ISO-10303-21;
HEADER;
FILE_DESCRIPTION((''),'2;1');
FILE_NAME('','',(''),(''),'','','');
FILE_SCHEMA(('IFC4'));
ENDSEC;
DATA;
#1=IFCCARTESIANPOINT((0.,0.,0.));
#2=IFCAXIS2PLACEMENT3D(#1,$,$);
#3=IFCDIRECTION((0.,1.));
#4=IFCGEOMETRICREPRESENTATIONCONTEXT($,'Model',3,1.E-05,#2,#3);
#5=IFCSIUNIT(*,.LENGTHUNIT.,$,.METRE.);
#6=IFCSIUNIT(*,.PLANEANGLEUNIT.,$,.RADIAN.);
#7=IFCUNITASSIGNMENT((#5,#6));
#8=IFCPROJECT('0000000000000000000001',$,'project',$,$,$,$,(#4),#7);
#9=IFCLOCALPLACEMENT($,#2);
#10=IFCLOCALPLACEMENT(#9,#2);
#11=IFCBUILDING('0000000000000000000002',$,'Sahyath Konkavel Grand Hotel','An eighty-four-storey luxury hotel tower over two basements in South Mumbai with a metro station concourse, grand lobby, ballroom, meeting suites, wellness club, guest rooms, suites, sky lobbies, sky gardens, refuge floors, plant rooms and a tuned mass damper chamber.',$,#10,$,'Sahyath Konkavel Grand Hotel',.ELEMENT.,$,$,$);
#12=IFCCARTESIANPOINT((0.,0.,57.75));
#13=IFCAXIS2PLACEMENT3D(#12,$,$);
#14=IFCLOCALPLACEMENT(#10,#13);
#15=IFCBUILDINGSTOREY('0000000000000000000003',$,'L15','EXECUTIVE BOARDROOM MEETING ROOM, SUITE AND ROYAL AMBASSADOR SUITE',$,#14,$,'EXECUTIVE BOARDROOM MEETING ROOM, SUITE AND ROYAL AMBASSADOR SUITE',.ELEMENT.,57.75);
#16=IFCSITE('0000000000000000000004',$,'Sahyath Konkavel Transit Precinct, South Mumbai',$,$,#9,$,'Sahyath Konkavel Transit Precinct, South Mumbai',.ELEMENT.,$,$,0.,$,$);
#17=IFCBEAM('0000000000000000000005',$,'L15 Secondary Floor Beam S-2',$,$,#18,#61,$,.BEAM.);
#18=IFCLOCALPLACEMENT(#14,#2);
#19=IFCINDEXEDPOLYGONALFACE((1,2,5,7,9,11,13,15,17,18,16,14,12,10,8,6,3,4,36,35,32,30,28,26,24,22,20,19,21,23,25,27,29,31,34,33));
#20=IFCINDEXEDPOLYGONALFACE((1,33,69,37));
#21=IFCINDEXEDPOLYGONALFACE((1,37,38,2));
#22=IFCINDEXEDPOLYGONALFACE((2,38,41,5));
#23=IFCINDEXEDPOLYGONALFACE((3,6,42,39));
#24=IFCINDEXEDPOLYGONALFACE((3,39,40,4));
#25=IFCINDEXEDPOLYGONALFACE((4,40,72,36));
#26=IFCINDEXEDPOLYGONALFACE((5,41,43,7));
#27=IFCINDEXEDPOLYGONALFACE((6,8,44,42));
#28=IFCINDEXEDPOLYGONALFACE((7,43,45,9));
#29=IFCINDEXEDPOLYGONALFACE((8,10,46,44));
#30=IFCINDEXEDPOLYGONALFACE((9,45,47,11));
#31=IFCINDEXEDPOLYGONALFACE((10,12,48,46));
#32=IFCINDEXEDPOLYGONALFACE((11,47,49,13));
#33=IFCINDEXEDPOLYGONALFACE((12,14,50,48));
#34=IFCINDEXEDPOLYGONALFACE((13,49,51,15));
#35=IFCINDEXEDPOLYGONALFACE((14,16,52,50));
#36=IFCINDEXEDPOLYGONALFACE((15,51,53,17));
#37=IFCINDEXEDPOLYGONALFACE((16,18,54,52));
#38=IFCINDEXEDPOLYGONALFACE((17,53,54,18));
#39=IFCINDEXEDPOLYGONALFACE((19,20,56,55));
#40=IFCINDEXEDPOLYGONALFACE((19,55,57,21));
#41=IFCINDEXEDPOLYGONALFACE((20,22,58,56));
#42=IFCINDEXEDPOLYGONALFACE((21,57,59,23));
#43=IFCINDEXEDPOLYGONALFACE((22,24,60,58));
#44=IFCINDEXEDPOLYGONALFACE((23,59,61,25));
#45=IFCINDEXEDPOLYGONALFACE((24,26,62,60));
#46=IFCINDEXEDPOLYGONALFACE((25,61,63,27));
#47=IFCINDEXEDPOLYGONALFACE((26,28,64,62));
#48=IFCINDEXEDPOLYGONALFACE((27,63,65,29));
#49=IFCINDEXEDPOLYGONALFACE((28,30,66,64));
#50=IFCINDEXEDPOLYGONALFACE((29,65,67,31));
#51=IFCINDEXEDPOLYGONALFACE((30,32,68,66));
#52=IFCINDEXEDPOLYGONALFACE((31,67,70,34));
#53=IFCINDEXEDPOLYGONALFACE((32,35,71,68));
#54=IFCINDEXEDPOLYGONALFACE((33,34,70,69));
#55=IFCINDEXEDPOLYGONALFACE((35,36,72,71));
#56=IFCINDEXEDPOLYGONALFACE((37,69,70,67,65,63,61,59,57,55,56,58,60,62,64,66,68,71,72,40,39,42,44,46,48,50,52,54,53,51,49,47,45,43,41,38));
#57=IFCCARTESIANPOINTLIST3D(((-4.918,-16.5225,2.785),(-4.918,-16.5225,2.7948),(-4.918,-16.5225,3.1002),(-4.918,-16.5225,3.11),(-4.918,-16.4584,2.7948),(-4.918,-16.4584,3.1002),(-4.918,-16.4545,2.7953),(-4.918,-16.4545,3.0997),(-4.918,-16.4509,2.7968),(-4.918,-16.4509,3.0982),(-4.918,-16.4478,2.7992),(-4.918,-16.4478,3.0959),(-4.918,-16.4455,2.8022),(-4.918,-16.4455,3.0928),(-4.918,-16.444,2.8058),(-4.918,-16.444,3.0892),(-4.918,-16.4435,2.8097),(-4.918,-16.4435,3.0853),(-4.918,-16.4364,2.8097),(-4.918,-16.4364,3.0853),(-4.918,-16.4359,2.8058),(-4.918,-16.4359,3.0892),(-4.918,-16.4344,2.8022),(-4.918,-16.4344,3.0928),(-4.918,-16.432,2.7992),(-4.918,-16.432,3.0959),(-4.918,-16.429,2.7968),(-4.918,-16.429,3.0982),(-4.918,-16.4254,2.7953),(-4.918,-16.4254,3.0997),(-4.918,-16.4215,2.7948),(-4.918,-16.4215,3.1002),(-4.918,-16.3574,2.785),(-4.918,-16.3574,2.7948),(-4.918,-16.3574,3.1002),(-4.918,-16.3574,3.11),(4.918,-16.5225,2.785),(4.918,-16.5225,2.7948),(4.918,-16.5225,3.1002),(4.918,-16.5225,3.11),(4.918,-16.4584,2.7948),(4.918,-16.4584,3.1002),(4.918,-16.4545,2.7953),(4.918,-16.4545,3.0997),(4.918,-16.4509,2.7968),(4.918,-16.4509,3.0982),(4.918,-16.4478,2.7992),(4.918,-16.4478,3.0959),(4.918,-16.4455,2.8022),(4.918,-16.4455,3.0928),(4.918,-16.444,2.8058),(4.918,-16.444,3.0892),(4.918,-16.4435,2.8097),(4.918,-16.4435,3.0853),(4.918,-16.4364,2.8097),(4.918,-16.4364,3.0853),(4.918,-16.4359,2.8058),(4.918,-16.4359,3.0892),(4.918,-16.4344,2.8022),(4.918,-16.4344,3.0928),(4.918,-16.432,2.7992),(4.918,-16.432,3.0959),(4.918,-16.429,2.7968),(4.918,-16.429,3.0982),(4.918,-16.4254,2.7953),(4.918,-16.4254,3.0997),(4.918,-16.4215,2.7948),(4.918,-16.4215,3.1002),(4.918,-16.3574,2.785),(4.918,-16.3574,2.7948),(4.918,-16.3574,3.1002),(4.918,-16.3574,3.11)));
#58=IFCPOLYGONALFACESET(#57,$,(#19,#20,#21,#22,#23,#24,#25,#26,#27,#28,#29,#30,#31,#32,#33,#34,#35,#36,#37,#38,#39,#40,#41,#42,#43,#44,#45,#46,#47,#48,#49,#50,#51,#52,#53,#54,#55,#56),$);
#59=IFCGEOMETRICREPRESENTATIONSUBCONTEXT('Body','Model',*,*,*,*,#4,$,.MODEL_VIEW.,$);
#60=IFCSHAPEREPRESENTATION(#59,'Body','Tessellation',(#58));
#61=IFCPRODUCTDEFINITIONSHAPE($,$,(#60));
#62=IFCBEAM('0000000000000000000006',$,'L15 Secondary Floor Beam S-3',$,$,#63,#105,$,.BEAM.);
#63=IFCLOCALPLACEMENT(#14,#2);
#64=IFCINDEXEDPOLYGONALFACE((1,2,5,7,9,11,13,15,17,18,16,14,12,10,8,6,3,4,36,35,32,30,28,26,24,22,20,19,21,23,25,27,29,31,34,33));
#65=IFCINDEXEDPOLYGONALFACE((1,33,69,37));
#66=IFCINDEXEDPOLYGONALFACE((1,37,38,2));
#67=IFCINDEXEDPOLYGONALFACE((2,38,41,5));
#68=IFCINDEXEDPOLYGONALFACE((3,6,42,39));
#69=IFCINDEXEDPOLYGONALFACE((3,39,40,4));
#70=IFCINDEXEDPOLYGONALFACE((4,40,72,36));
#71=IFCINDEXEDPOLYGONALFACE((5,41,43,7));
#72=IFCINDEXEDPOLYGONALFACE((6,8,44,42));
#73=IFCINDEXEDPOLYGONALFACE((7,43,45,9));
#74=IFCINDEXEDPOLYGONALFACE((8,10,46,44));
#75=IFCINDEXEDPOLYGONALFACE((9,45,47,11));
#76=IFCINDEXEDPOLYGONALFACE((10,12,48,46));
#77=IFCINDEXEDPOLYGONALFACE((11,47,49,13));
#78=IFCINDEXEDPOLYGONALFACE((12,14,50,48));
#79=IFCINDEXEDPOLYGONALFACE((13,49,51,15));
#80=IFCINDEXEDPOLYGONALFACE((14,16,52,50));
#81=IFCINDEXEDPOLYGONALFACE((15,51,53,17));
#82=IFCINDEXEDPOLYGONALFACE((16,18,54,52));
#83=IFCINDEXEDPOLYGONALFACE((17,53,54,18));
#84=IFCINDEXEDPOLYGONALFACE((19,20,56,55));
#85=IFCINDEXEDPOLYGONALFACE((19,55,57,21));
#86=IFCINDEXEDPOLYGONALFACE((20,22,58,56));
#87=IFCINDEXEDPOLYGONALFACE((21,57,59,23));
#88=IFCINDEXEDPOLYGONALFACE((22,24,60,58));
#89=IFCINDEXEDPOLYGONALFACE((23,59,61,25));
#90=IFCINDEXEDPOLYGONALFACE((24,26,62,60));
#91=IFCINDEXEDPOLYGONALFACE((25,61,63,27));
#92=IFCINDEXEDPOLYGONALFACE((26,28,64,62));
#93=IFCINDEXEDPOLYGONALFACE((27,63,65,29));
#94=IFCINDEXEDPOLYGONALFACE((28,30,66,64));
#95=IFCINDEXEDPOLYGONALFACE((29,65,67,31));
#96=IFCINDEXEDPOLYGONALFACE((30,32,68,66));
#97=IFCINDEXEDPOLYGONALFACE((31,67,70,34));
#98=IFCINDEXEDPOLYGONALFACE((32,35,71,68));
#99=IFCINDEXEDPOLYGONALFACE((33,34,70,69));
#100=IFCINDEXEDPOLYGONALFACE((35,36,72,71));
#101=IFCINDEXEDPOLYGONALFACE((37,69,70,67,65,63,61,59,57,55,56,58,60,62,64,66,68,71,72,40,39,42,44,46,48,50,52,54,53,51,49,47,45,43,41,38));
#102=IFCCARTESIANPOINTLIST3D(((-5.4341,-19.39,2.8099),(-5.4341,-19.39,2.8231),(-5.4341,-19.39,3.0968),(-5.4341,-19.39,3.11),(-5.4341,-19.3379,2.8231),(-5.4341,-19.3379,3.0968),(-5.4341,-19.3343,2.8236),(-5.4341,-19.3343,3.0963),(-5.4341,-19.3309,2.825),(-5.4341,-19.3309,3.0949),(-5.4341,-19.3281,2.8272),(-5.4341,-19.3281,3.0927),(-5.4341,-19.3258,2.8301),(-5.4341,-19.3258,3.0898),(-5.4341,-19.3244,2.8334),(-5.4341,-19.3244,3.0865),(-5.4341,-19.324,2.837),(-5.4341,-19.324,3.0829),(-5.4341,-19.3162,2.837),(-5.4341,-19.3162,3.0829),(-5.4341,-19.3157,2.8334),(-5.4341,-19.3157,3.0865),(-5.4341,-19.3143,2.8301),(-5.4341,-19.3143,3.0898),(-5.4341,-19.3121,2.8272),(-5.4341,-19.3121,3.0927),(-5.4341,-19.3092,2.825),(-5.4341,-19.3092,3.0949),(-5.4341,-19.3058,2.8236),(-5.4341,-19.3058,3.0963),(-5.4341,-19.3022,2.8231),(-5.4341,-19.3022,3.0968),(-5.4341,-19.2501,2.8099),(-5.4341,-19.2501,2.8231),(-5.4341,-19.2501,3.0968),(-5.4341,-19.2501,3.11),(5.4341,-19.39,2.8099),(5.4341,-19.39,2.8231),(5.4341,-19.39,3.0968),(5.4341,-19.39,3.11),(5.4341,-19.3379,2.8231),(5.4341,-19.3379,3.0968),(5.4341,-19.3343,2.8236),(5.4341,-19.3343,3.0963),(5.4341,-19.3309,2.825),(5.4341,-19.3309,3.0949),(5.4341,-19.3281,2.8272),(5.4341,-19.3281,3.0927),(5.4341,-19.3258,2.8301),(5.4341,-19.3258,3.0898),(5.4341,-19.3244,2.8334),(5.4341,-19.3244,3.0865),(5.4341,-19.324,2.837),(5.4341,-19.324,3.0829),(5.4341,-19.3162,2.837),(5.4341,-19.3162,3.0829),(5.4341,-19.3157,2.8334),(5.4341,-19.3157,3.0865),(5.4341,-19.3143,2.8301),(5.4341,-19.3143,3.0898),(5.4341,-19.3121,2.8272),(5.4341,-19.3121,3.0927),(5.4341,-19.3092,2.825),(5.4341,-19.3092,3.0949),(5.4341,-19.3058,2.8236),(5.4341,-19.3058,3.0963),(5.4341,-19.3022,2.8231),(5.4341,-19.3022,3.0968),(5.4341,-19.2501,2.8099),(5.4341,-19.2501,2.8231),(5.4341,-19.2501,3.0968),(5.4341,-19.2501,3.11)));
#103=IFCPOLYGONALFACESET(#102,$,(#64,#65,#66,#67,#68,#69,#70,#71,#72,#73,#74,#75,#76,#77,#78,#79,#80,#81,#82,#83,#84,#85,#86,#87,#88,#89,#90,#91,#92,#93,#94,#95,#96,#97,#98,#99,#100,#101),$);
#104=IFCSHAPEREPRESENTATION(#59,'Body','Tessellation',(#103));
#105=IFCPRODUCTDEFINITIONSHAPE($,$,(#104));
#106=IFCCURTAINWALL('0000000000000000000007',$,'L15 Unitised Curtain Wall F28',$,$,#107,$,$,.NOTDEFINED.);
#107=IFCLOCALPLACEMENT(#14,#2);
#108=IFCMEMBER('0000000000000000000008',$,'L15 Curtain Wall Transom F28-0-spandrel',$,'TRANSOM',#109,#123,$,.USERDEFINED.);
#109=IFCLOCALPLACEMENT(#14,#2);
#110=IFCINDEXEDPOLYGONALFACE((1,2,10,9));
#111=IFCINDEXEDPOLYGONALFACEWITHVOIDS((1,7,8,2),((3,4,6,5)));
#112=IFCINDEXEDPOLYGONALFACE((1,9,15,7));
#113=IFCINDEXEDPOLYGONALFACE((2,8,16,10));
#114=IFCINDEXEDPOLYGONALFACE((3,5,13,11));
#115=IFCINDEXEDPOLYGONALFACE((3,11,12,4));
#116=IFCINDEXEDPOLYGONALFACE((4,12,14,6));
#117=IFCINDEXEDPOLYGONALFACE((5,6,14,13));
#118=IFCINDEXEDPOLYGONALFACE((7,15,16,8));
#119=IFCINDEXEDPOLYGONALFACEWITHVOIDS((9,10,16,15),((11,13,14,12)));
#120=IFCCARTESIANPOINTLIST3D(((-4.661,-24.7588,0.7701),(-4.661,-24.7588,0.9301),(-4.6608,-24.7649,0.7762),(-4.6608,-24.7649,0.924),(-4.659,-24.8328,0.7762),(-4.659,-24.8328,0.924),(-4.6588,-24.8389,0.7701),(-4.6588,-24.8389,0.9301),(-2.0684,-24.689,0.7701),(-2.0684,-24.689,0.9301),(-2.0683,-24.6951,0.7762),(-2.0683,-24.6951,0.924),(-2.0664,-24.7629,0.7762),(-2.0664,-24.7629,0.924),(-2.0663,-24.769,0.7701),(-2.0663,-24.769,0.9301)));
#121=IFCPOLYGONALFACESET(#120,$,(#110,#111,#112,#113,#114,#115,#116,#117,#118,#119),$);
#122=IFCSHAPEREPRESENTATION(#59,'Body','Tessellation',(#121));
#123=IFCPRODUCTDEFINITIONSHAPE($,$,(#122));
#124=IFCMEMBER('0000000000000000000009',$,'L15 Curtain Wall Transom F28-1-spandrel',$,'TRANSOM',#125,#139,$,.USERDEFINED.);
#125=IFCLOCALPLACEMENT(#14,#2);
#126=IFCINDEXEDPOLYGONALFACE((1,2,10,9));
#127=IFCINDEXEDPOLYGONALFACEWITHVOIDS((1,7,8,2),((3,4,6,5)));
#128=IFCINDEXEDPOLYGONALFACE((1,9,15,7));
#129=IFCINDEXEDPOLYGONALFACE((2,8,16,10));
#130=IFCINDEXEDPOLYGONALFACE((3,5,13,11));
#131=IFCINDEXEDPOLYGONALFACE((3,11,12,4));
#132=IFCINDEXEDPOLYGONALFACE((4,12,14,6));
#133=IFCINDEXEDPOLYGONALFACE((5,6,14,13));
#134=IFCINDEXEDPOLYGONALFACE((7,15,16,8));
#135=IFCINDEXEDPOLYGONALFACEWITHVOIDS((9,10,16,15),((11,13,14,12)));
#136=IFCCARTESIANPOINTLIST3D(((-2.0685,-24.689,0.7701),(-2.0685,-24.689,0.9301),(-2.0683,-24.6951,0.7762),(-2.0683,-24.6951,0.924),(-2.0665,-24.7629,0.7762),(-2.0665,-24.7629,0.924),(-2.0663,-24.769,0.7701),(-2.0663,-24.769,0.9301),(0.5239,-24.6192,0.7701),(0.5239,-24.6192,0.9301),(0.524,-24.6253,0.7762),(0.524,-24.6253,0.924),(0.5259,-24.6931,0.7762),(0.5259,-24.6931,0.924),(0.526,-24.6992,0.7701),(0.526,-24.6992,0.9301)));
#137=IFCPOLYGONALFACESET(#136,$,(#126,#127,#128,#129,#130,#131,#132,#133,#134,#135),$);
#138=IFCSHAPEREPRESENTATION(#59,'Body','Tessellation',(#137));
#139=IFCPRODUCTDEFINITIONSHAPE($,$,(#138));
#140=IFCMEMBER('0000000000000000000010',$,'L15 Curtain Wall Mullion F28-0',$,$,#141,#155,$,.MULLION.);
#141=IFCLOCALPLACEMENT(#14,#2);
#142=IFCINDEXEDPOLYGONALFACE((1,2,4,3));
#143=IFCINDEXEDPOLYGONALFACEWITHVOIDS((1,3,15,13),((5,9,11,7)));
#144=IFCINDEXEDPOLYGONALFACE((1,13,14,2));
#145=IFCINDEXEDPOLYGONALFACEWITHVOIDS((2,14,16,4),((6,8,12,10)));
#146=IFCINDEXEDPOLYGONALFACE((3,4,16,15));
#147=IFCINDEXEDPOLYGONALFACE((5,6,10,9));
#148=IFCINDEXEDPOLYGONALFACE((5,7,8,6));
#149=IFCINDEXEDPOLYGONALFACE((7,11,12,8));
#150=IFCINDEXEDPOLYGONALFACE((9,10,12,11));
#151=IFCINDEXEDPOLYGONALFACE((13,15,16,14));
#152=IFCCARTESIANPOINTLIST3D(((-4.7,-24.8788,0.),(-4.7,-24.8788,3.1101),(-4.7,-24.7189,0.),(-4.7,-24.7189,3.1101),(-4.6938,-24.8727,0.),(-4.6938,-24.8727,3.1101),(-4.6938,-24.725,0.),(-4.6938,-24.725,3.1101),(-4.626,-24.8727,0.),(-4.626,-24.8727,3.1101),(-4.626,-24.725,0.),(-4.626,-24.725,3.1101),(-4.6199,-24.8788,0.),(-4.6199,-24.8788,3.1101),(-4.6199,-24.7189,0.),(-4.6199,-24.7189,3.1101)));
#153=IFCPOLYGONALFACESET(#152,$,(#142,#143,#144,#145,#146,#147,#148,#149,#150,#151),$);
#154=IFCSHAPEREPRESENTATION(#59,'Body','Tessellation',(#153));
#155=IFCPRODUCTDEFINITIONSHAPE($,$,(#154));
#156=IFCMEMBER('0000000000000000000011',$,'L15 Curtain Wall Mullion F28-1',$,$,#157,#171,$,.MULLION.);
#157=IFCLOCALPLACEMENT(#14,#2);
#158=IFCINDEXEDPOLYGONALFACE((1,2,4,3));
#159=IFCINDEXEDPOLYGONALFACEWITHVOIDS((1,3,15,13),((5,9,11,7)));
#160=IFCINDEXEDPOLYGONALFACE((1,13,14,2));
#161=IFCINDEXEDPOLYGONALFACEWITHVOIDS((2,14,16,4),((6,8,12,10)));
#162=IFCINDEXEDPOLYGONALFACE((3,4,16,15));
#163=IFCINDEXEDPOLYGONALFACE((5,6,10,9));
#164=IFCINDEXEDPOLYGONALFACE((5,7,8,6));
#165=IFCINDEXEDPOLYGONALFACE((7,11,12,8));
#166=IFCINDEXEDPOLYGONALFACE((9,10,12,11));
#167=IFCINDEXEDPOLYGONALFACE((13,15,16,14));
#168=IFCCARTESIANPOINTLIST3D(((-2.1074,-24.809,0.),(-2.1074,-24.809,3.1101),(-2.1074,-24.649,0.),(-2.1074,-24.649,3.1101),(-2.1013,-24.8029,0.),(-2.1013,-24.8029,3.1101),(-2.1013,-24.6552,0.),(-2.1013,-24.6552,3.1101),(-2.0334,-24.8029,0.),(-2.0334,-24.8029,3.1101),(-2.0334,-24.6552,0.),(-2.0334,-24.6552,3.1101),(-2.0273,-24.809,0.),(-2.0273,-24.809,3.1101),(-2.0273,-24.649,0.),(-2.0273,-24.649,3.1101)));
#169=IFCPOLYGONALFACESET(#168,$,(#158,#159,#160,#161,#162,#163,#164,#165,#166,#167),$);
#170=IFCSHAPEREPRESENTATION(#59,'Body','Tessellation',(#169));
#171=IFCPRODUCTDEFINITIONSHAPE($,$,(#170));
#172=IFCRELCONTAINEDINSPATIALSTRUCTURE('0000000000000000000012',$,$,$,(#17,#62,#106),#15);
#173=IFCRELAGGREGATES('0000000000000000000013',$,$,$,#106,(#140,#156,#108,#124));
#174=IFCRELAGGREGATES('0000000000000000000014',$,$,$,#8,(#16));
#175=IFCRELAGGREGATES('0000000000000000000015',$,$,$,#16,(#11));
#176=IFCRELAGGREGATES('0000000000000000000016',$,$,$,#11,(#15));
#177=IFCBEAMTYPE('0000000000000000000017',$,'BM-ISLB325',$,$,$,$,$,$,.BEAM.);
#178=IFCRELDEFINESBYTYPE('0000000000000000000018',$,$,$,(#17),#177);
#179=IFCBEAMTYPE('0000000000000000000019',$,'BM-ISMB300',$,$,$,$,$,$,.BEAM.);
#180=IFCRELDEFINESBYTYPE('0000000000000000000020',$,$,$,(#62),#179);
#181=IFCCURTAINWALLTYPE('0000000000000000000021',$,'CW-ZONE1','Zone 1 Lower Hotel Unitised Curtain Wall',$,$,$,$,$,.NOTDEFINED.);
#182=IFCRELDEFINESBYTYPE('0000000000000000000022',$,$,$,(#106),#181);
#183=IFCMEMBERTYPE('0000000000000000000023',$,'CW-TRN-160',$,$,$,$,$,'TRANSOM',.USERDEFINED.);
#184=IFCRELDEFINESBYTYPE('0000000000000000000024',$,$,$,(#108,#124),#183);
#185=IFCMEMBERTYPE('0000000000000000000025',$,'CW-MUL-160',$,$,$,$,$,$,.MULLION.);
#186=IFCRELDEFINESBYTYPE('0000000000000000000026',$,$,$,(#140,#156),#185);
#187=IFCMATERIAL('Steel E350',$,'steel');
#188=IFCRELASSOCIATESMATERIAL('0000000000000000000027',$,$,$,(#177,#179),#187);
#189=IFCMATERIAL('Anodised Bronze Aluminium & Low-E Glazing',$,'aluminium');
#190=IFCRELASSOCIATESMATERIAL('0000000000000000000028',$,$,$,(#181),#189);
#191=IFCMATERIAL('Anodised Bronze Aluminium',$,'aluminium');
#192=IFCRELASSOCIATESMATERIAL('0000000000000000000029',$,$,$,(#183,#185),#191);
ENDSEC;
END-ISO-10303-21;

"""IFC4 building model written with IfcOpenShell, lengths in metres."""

from ifc_helpers import new_model, si_unit, direction, frame, origin, origin_2d, place, context, subcontext, project, spatial, hollow_rectangle, i_section, extrude, source, transform, mapped, material, material_profile, profile_set, type_object, element, aggregate, save


model = new_model("IFC4")

# Units and contexts
model_context = context("Model", 3, precision=1e-05, world=origin(), true_north=direction((0.0, 1.0)))
body_context = subcontext(model_context, "Body", "Model", "MODEL_VIEW")
ifc_project = project(units=[si_unit("LENGTHUNIT", "METRE"), si_unit("PLANEANGLEUNIT", "RADIAN")], contexts=[model_context])

# Site, building, storey
site_placement = place(None, origin())
site = spatial("IfcSite", under=ifc_project, at=site_placement, Name="Sahyath Konkavel Transit Precinct, South Mumbai", LongName="Sahyath Konkavel Transit Precinct, South Mumbai", CompositionType="ELEMENT", RefElevation=0.0)
building_placement = place(site_placement, origin())
building = spatial("IfcBuilding", under=site, at=building_placement, Name="Sahyath Konkavel Grand Hotel", Description="An eighty-four-storey luxury hotel tower over two basements in South Mumbai with a metro station concourse, grand lobby, ballroom, meeting suites, wellness club, guest rooms, suites, sky lobbies, sky gardens, refuge floors, plant rooms and a tuned mass damper chamber.", LongName="Sahyath Konkavel Grand Hotel", CompositionType="ELEMENT")
storey_placement = place(building_placement, frame((0.0, 0.0, 57.75)))
storey = spatial("IfcBuildingStorey", under=building, at=storey_placement, Name="L15", Description="EXECUTIVE BOARDROOM MEETING ROOM, SUITE AND ROYAL AMBASSADOR SUITE", LongName="EXECUTIVE BOARDROOM MEETING ROOM, SUITE AND ROYAL AMBASSADOR SUITE", CompositionType="ELEMENT", Elevation=57.75)

# Beams
ifc_material_1 = material(Name="Steel E350", Category="steel")
ifc_material_profile_1 = material_profile(ifc_material_1, i_section(OverallWidth=0.165, OverallDepth=0.325, WebThickness=0.0071, FlangeThickness=0.0098, FilletRadius=0.0149, at=origin_2d()), Name="ISLB 325")
ifc_profile_set_1 = profile_set([ifc_material_profile_1], Name="Steel E350")
beam_type_1 = type_object("IfcBeamType", Name="BM-ISLB325", PredefinedType="BEAM", material=ifc_profile_set_1)
shared_shape_1 = source(origin(), body_context, "Body", "SweptSolid", [
    extrude(i_section(OverallWidth=0.165, OverallDepth=0.325, WebThickness=0.0071, FlangeThickness=0.0098, FilletRadius=0.0149, at=origin_2d()), origin(), (0.0, 0.0, 1.0), 9.8359),
])
beam_1_placement = place(storey_placement, frame((-4.918, -16.4399, 2.9475), z_axis=(1.0, 0.0, 0.0), x_axis=(0.0, 1.0, 0.0)))
element("IfcBeam", 1, at=beam_1_placement, inside=storey, type_object=beam_type_1, Name="L15 Secondary Floor Beam S-2", PredefinedType="BEAM", context=body_context, shape_type="MappedRepresentation", body=[
    mapped(shared_shape_1, transform((0.0, 0.0, 0.0), scale=1.0)),
])
ifc_material_profile_2 = material_profile(ifc_material_1, i_section(OverallWidth=0.1399, OverallDepth=0.3, WebThickness=0.0078, FlangeThickness=0.0132, FilletRadius=0.0139, at=origin_2d()), Name="ISMB 300")
ifc_profile_set_2 = profile_set([ifc_material_profile_2], Name="Steel E350")
beam_type_2 = type_object("IfcBeamType", Name="BM-ISMB300", PredefinedType="BEAM", material=ifc_profile_set_2)
shared_shape_2 = source(origin(), body_context, "Body", "SweptSolid", [
    extrude(i_section(OverallWidth=0.1399, OverallDepth=0.3, WebThickness=0.0078, FlangeThickness=0.0132, FilletRadius=0.0139, at=origin_2d()), origin(), (0.0, 0.0, 1.0), 10.8682),
])
beam_2_placement = place(storey_placement, frame((-5.4341, -19.3201, 2.96), z_axis=(1.0, 0.0, 0.0), x_axis=(0.0, 1.0, 0.0)))
element("IfcBeam", 2, at=beam_2_placement, inside=storey, type_object=beam_type_2, Name="L15 Secondary Floor Beam S-3", PredefinedType="BEAM", context=body_context, shape_type="MappedRepresentation", body=[
    mapped(shared_shape_2, transform((0.0, 0.0, 0.0), scale=1.0)),
])

# Curtain wall, members
ifc_material_2 = material(Name="Anodised Bronze Aluminium & Low-E Glazing", Category="aluminium")
curtain_wall_type = type_object("IfcCurtainWallType", Name="CW-ZONE1", Description="Zone 1 Lower Hotel Unitised Curtain Wall", PredefinedType="NOTDEFINED", material=ifc_material_2)
curtain_wall_placement = place(storey_placement, origin())
curtain_wall = element("IfcCurtainWall", 3, at=curtain_wall_placement, inside=storey, type_object=curtain_wall_type, Name="L15 Unitised Curtain Wall F28", PredefinedType="NOTDEFINED")
ifc_material_3 = material(Name="Anodised Bronze Aluminium", Category="aluminium")
ifc_material_profile_3 = material_profile(ifc_material_3, hollow_rectangle(XDim=0.0801, YDim=0.1599, WallThickness=0.0061, at=origin_2d()), Name="RHS 160x80x6")
ifc_profile_set_3 = profile_set([ifc_material_profile_3], Name="Anodised Bronze Aluminium")
member_type_1 = type_object("IfcMemberType", Name="CW-TRN-160", ElementType="TRANSOM", PredefinedType="USERDEFINED", material=ifc_profile_set_3)
shared_shape_3 = source(origin(), body_context, "Body", "SweptSolid", [
    extrude(hollow_rectangle(XDim=0.0801, YDim=0.1599, WallThickness=0.0061, at=origin_2d()), origin(), (0.0, 0.0, 1.0), 2.5935),
])
member_1_placement = place(storey_placement, frame((-4.6599, -24.7988, 0.8501), z_axis=(0.999638, 0.026923, 0.0), x_axis=(-0.026923, 0.999638, 0.0)))
member_1 = element("IfcMember", 4, at=member_1_placement, type_object=member_type_1, Name="L15 Curtain Wall Transom F28-0-spandrel", ObjectType="TRANSOM", PredefinedType="USERDEFINED", context=body_context, shape_type="MappedRepresentation", body=[
    mapped(shared_shape_3, transform((0.0, 0.0, 0.0), scale=1.0)),
])
shared_shape_4 = source(origin(), body_context, "Body", "SweptSolid", [
    extrude(hollow_rectangle(XDim=0.0801, YDim=0.1599, WallThickness=0.0061, at=origin_2d()), origin(), (0.0, 0.0, 1.0), 2.5933),
])
member_2_placement = place(storey_placement, frame((-2.0674, -24.729, 0.8501), z_axis=(0.999637, 0.026926, 0.0), x_axis=(-0.026926, 0.999637, 0.0)))
member_2 = element("IfcMember", 5, at=member_2_placement, type_object=member_type_1, Name="L15 Curtain Wall Transom F28-1-spandrel", ObjectType="TRANSOM", PredefinedType="USERDEFINED", context=body_context, shape_type="MappedRepresentation", body=[
    mapped(shared_shape_4, transform((0.0, 0.0, 0.0), scale=1.0)),
])
ifc_material_profile_4 = material_profile(ifc_material_3, hollow_rectangle(XDim=0.0801, YDim=0.1599, WallThickness=0.0061, at=origin_2d()), Name="RHS 160x80x6")
ifc_profile_set_4 = profile_set([ifc_material_profile_4], Name="Anodised Bronze Aluminium")
member_type_2 = type_object("IfcMemberType", Name="CW-MUL-160", PredefinedType="MULLION", material=ifc_profile_set_4)
shared_shape_5 = source(origin(), body_context, "Body", "SweptSolid", [
    extrude(hollow_rectangle(XDim=0.0801, YDim=0.1599, WallThickness=0.0061, at=origin_2d()), origin(), (0.0, 0.0, 1.0), 3.1101),
])
member_3_placement = place(storey_placement, frame((-4.6599, -24.7988, 0.0), z_axis=(0.0, 0.0, 1.0), x_axis=(1.0, 0.0, 0.0)))
member_3 = element("IfcMember", 6, at=member_3_placement, type_object=member_type_2, Name="L15 Curtain Wall Mullion F28-0", PredefinedType="MULLION", context=body_context, shape_type="MappedRepresentation", body=[
    mapped(shared_shape_5, transform((0.0, 0.0, 0.0), scale=1.0)),
])
member_4_placement = place(storey_placement, frame((-2.0674, -24.729, 0.0), z_axis=(0.0, 0.0, 1.0), x_axis=(1.0, 0.0, 0.0)))
member_4 = element("IfcMember", 7, at=member_4_placement, type_object=member_type_2, Name="L15 Curtain Wall Mullion F28-1", PredefinedType="MULLION", context=body_context, shape_type="MappedRepresentation", body=[
    mapped(shared_shape_5, transform((0.0, 0.0, 0.0), scale=1.0)),
])
aggregate(curtain_wall, [member_3, member_4, member_1, member_2])

save(model, "model.ifc")
